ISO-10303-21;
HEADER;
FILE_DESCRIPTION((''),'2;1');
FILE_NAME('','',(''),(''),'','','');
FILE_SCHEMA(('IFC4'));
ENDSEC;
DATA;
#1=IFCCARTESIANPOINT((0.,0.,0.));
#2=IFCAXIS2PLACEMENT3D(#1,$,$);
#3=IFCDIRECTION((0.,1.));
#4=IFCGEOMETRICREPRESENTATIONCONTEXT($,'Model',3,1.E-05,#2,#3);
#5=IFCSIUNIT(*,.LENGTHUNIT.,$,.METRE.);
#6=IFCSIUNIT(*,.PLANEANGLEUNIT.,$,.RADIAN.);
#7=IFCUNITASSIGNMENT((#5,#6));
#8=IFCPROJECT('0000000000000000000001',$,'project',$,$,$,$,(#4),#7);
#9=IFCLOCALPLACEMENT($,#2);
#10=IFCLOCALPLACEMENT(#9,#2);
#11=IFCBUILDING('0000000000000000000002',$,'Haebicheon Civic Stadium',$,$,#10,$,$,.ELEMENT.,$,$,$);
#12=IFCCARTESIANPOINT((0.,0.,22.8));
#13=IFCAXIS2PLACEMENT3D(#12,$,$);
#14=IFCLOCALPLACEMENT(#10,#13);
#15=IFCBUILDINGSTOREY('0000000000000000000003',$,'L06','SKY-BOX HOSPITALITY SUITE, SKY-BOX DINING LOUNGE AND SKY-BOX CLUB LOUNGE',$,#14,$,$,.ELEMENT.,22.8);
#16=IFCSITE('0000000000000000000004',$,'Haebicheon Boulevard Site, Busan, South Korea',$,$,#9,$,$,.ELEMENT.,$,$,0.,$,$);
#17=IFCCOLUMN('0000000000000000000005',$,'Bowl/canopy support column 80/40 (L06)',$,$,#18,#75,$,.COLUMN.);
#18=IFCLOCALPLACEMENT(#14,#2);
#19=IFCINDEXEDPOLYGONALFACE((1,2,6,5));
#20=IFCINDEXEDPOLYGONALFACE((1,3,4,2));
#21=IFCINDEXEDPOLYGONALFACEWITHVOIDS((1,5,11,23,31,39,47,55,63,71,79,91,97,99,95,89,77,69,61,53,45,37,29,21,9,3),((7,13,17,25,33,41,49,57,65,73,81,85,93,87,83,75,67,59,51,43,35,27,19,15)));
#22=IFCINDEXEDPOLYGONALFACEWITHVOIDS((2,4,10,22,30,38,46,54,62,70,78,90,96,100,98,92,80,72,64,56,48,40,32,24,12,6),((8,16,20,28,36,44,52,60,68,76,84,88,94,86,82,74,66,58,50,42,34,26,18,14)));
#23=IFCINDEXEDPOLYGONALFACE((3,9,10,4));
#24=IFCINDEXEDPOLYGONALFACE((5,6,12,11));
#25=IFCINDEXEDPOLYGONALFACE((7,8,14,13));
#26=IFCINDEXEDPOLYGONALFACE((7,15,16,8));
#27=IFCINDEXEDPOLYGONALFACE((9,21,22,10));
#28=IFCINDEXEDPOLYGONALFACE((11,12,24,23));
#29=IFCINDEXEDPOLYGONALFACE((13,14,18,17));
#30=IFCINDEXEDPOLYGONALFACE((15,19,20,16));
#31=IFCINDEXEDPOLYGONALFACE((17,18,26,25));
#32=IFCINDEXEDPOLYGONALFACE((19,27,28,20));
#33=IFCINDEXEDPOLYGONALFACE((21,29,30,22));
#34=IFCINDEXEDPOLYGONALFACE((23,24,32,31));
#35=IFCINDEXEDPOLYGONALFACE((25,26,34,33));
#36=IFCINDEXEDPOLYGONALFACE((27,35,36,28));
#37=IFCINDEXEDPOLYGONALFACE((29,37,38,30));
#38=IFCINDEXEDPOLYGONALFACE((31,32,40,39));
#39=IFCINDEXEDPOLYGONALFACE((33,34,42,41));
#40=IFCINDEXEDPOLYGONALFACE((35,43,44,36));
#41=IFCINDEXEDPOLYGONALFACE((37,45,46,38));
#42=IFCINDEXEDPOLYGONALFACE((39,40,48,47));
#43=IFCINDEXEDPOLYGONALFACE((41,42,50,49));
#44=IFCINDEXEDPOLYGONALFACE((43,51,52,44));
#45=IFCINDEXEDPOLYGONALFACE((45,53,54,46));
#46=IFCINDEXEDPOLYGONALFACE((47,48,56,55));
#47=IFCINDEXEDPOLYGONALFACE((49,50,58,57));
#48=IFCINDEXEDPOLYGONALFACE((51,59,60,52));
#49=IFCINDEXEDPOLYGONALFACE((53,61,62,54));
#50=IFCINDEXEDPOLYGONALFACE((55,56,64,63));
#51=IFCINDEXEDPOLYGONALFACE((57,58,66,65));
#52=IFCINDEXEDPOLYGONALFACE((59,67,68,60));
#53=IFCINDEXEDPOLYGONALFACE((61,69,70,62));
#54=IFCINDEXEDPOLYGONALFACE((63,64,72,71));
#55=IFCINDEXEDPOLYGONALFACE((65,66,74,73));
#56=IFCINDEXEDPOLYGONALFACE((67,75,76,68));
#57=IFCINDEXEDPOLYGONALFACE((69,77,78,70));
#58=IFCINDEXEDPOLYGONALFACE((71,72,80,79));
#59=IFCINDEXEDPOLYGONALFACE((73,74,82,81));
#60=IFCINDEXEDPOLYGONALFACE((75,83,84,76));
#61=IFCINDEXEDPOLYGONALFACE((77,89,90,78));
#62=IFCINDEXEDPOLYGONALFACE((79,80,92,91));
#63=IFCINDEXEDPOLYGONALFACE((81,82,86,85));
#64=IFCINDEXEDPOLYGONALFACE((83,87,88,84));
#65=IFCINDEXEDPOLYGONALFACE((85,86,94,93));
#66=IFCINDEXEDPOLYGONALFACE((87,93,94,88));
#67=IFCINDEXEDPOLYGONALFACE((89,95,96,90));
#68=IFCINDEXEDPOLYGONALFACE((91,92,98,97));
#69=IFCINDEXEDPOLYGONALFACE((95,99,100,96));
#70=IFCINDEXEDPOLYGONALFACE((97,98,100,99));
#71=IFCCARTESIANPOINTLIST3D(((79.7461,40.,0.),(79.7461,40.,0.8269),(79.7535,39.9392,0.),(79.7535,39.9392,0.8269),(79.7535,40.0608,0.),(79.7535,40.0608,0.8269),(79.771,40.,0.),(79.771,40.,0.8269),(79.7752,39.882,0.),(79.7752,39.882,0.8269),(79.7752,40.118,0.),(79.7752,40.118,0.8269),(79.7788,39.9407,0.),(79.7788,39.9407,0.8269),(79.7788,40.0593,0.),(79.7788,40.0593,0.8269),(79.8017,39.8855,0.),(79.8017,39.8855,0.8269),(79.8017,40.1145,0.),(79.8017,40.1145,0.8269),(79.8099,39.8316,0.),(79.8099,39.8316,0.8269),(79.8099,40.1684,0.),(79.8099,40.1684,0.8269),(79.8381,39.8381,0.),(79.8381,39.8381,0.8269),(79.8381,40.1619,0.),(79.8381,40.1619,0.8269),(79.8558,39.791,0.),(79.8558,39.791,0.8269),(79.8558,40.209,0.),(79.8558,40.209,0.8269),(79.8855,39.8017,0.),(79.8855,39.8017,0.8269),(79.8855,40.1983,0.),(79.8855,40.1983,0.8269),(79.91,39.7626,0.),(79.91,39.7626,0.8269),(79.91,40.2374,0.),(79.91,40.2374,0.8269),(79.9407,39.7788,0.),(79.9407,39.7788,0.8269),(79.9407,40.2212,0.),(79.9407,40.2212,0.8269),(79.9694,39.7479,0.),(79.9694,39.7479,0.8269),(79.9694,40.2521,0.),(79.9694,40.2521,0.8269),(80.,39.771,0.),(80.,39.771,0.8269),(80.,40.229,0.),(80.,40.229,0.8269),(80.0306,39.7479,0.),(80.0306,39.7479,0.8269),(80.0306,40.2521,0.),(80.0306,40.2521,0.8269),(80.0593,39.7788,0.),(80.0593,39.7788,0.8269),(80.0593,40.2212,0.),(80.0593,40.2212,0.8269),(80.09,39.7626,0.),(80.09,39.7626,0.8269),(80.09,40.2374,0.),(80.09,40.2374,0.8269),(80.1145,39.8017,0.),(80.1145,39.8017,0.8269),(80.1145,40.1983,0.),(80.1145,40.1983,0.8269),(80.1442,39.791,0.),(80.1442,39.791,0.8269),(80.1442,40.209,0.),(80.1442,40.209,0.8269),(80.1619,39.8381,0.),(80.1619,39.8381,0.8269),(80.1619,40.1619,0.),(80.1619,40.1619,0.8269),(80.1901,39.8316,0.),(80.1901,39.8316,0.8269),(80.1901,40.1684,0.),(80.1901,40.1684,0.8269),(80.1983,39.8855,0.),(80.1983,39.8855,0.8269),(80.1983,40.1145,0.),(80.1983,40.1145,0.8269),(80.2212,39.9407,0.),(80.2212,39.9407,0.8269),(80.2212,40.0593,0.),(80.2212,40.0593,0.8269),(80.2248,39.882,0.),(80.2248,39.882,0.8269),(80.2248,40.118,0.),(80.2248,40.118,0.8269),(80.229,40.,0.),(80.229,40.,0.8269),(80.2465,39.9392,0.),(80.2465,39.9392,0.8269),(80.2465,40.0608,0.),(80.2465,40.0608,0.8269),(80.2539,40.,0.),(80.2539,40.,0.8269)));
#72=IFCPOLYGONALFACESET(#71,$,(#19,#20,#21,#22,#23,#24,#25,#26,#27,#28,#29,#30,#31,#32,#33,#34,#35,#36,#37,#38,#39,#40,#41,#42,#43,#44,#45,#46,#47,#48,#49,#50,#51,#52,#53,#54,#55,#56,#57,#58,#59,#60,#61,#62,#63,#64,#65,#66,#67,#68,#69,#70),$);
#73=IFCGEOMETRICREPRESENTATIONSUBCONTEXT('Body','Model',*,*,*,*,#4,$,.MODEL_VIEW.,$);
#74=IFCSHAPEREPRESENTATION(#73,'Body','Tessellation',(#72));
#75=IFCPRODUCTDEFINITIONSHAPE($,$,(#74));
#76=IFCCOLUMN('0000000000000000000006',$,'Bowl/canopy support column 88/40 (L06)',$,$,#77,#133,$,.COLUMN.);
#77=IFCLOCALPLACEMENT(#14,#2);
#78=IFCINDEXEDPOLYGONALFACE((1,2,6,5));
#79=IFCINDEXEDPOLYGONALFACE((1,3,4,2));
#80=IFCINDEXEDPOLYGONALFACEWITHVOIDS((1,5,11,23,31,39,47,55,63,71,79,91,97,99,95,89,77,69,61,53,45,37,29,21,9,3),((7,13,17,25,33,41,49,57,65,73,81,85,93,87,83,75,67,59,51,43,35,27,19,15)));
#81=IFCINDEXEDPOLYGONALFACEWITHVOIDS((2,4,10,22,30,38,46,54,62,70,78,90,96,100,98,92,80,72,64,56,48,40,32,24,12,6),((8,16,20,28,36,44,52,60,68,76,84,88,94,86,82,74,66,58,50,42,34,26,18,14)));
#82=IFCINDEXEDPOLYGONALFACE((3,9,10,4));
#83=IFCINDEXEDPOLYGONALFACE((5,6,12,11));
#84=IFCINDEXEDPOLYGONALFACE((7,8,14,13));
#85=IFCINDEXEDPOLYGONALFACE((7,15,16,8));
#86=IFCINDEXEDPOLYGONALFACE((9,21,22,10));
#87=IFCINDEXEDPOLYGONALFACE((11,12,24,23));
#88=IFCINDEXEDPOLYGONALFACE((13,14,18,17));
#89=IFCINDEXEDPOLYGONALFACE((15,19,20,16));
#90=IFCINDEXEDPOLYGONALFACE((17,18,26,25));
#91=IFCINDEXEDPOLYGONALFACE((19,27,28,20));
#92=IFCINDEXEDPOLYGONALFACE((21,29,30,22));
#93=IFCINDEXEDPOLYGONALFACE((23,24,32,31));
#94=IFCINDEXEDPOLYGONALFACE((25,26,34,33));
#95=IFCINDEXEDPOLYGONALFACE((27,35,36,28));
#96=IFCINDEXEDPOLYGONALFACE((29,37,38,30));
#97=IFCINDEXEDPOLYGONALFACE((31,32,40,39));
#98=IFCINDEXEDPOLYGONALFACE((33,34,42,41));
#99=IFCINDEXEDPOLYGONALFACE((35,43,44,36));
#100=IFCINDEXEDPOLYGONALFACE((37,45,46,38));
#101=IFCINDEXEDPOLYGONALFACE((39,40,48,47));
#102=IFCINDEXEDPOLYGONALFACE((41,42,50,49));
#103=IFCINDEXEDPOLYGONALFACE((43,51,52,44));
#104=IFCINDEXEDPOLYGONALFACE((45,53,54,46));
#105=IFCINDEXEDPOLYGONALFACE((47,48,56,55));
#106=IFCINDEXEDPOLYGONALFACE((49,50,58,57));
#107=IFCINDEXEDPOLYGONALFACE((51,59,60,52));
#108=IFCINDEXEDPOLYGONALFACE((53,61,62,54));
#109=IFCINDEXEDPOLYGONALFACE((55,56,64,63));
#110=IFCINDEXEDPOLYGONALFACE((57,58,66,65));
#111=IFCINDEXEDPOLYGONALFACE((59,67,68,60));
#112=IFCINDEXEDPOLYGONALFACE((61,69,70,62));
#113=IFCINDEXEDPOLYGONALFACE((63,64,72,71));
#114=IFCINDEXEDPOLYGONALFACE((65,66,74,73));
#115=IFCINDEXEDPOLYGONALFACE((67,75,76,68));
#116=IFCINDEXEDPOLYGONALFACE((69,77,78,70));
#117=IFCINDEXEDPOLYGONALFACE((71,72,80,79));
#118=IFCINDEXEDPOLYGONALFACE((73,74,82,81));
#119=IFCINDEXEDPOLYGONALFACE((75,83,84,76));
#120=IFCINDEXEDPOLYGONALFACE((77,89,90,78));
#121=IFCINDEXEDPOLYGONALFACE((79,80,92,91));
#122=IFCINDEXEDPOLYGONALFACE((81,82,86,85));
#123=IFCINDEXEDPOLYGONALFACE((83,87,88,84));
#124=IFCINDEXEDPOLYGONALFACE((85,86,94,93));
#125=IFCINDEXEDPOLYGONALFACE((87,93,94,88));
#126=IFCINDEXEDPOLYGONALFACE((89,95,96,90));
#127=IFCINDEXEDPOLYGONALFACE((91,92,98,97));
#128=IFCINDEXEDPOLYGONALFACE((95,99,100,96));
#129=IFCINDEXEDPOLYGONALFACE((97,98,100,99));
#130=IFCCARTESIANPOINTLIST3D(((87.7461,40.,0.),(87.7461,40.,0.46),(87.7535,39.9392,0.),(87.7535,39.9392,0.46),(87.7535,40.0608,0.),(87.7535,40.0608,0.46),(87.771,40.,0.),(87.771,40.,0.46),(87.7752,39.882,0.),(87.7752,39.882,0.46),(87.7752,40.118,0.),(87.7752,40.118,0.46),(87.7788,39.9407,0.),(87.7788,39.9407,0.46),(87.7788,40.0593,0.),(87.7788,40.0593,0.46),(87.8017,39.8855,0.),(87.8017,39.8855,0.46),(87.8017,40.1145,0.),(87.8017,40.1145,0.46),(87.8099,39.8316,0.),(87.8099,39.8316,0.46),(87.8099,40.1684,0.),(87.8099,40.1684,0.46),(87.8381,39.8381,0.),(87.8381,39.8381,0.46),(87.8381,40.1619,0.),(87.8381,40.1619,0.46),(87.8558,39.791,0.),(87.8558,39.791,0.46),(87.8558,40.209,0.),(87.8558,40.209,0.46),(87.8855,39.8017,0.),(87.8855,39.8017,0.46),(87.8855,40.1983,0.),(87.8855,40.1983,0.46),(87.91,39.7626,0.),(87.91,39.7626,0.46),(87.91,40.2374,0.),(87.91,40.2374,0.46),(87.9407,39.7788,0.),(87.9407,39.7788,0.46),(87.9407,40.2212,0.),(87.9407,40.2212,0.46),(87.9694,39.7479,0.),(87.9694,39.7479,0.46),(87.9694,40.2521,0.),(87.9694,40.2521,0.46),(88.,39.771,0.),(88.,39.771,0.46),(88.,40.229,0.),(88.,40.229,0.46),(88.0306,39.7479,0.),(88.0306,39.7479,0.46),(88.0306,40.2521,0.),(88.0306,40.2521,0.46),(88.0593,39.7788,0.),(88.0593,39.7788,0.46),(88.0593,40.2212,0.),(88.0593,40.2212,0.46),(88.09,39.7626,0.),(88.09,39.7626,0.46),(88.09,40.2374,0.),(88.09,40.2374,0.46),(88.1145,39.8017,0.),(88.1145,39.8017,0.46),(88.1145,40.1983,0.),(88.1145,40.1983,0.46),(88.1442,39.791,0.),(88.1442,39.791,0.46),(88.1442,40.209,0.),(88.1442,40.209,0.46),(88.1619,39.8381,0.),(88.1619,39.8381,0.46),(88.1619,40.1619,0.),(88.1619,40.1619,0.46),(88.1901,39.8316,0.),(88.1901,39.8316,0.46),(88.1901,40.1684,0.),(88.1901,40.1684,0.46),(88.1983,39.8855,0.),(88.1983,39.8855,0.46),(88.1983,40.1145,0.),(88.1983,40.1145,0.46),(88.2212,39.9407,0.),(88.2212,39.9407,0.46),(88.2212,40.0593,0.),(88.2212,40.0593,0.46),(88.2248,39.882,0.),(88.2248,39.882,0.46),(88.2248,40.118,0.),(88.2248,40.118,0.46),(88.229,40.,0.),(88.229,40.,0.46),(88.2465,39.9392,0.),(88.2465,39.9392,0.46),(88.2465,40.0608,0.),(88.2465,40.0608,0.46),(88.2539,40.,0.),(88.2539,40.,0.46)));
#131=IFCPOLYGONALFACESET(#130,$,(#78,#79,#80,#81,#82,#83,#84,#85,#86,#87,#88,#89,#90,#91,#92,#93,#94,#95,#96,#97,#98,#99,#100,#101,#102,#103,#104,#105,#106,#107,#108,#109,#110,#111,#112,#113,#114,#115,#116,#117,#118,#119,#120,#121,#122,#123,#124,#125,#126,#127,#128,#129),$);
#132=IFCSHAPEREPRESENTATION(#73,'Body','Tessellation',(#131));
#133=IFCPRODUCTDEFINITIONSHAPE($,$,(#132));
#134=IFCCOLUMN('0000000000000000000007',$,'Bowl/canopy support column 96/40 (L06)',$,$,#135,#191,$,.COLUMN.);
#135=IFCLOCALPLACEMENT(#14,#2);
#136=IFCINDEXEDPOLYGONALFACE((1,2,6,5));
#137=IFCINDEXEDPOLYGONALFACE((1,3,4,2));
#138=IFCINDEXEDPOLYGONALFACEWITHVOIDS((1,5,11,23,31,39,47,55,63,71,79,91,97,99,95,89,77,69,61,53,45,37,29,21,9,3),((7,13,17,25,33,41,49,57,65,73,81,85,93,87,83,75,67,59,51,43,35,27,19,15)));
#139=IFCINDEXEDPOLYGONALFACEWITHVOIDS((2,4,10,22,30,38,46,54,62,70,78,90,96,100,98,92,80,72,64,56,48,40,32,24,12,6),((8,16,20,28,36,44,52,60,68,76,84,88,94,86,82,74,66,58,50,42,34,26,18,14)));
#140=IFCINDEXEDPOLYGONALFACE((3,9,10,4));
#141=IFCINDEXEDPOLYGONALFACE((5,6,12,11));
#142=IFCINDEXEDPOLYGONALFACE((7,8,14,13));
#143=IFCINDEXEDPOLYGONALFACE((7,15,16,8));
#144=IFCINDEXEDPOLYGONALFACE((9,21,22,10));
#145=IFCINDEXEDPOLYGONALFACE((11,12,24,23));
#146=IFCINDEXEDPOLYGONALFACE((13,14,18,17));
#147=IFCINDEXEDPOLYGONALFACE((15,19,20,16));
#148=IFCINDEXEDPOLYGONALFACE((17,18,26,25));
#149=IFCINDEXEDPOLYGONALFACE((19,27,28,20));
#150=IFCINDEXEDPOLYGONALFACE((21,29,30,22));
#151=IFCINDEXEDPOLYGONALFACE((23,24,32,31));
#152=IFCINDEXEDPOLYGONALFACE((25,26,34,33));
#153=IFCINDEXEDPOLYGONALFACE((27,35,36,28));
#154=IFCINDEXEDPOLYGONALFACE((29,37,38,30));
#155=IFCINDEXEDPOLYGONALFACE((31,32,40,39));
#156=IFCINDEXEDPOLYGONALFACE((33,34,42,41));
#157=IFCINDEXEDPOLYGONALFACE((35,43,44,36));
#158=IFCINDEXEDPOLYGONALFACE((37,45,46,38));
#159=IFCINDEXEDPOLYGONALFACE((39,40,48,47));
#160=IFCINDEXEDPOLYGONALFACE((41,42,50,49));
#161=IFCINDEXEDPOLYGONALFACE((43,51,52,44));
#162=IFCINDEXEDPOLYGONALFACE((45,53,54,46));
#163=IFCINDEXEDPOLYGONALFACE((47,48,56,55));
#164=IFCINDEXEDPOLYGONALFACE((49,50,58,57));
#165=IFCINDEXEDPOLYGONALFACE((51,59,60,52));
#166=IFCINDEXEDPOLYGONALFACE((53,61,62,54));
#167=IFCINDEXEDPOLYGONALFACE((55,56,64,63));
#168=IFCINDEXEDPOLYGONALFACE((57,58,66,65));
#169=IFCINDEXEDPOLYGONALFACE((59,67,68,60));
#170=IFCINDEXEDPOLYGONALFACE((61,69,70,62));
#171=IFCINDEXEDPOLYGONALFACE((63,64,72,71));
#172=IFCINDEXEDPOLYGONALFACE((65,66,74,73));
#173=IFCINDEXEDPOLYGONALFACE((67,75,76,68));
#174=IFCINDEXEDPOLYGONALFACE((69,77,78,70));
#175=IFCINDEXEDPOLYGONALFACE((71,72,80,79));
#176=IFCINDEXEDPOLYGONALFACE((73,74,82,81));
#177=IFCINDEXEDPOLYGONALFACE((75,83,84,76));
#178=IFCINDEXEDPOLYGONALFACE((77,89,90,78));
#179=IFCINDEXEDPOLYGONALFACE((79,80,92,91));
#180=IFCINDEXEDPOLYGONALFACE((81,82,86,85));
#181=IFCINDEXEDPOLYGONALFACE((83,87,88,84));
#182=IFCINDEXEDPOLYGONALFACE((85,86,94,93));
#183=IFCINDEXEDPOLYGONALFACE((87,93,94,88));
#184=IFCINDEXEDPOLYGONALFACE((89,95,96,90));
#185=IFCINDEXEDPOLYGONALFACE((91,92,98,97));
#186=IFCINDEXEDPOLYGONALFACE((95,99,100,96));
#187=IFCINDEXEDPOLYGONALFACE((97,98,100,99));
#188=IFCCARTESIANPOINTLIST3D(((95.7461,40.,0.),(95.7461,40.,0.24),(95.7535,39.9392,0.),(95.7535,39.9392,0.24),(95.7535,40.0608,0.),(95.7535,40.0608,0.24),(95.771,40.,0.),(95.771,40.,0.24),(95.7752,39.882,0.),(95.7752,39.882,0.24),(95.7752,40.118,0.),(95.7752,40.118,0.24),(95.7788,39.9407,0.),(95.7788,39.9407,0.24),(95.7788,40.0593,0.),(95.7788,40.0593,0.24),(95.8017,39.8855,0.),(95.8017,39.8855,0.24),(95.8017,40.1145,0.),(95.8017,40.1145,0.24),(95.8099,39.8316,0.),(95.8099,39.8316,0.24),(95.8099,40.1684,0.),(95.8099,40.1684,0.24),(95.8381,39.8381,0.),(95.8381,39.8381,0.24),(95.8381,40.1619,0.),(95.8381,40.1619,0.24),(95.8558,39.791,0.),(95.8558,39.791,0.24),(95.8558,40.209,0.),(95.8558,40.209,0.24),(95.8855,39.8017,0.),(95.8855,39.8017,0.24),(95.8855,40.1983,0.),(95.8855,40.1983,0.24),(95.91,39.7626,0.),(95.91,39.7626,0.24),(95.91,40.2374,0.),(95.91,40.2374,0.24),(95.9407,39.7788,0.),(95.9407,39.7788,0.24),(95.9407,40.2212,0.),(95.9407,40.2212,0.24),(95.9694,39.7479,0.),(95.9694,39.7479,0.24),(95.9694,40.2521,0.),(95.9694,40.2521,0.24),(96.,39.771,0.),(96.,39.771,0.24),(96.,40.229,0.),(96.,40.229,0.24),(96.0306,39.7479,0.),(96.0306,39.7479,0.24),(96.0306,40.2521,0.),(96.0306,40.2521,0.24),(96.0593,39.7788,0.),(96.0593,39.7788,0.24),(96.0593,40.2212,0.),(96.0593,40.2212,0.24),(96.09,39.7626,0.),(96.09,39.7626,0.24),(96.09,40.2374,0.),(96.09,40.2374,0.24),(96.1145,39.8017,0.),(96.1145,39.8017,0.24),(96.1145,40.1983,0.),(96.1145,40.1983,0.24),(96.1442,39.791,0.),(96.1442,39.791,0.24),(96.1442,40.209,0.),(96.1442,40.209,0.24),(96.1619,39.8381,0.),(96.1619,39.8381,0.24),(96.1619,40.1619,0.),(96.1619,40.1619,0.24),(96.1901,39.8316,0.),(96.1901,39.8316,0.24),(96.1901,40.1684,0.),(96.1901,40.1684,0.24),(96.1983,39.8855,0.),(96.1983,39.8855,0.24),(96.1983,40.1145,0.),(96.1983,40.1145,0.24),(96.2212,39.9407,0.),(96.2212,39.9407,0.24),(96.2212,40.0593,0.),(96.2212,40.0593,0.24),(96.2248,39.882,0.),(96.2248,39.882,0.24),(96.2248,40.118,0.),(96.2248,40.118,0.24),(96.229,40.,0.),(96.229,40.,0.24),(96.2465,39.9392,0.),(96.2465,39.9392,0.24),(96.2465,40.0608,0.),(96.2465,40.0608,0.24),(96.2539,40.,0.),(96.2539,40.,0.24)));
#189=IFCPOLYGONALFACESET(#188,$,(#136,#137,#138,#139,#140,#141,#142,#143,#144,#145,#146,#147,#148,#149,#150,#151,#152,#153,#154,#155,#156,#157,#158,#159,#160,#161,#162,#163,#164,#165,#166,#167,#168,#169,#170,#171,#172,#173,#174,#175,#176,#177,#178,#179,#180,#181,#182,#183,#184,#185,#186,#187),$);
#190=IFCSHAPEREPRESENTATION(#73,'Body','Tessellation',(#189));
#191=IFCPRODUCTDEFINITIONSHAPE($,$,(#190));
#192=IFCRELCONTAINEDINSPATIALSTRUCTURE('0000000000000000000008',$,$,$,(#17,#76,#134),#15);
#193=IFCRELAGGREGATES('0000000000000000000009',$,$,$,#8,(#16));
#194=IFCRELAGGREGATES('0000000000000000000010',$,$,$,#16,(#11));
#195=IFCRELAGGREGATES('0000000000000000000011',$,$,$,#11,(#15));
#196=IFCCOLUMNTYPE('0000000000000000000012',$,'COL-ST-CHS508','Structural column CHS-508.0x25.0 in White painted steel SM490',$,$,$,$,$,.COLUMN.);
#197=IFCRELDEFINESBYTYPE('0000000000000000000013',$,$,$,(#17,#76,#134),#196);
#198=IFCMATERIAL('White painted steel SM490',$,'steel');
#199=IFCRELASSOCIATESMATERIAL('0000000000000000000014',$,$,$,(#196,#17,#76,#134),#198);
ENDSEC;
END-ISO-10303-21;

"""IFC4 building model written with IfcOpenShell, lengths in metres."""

from ifc_helpers import new_model, si_unit, direction, frame, origin, origin_2d, place, context, subcontext, project, spatial, hollow_circle, extrude, material, material_profile, profile_set, type_object, element, save


model = new_model("IFC4")

# Units and contexts
model_context = context("Model", 3, precision=1e-05, world=origin(), true_north=direction((0.0, 1.0)))
body_context = subcontext(model_context, "Body", "Model", "MODEL_VIEW")
ifc_project = project(units=[si_unit("LENGTHUNIT", "METRE"), si_unit("PLANEANGLEUNIT", "RADIAN")], contexts=[model_context])

# Site, building, storey
site_placement = place(None, origin())
site = spatial("IfcSite", under=ifc_project, at=site_placement, Name="Haebicheon Boulevard Site, Busan, South Korea", CompositionType="ELEMENT", RefElevation=0.0)
building_placement = place(site_placement, origin())
building = spatial("IfcBuilding", under=site, at=building_placement, Name="Haebicheon Civic Stadium", CompositionType="ELEMENT")
storey_placement = place(building_placement, frame((0.0, 0.0, 22.8)))
storey = spatial("IfcBuildingStorey", under=building, at=storey_placement, Name="L06", Description="SKY-BOX HOSPITALITY SUITE, SKY-BOX DINING LOUNGE AND SKY-BOX CLUB LOUNGE", CompositionType="ELEMENT", Elevation=22.8)

# Columns
ifc_material_1 = material(Name="White painted steel SM490", Category="steel")
ifc_material_profile_1 = material_profile(ifc_material_1, hollow_circle(Radius=0.2539, WallThickness=0.0249, at=origin_2d()), Name="CHS-508.0x25.0")
ifc_profile_set_1 = profile_set([ifc_material_profile_1], Name="White painted steel SM490")
column_type_1 = type_object("IfcColumnType", Name="COL-ST-CHS508", Description="Structural column CHS-508.0x25.0 in White painted steel SM490", PredefinedType="COLUMN", material=ifc_profile_set_1)
column_1_placement = place(storey_placement, frame((80.0, 40.0, 0.0), z_axis=(0.0, 0.0, 1.0), x_axis=(1.0, 0.0, 0.0)))
element("IfcColumn", 1, at=column_1_placement, inside=storey, type_object=column_type_1, material=ifc_profile_set_1, Name="Bowl/canopy support column 80/40 (L06)", PredefinedType="COLUMN", context=body_context, shape_type="SweptSolid", body=[
    extrude(hollow_circle(Radius=0.2539, WallThickness=0.0249, at=origin_2d()), origin(), (0.0, 0.0, 1.0), 0.8269),
])
column_2_placement = place(storey_placement, frame((88.0, 40.0, 0.0), z_axis=(0.0, 0.0, 1.0), x_axis=(1.0, 0.0, 0.0)))
element("IfcColumn", 2, at=column_2_placement, inside=storey, type_object=column_type_1, material=ifc_profile_set_1, Name="Bowl/canopy support column 88/40 (L06)", PredefinedType="COLUMN", context=body_context, shape_type="SweptSolid", body=[
    extrude(hollow_circle(Radius=0.2539, WallThickness=0.0249, at=origin_2d()), origin(), (0.0, 0.0, 1.0), 0.46),
])
column_3_placement = place(storey_placement, frame((96.0, 40.0, 0.0), z_axis=(0.0, 0.0, 1.0), x_axis=(1.0, 0.0, 0.0)))
element("IfcColumn", 3, at=column_3_placement, inside=storey, type_object=column_type_1, material=ifc_profile_set_1, Name="Bowl/canopy support column 96/40 (L06)", PredefinedType="COLUMN", context=body_context, shape_type="SweptSolid", body=[
    extrude(hollow_circle(Radius=0.2539, WallThickness=0.0249, at=origin_2d()), origin(), (0.0, 0.0, 1.0), 0.24),
])

save(model, "model.ifc")
